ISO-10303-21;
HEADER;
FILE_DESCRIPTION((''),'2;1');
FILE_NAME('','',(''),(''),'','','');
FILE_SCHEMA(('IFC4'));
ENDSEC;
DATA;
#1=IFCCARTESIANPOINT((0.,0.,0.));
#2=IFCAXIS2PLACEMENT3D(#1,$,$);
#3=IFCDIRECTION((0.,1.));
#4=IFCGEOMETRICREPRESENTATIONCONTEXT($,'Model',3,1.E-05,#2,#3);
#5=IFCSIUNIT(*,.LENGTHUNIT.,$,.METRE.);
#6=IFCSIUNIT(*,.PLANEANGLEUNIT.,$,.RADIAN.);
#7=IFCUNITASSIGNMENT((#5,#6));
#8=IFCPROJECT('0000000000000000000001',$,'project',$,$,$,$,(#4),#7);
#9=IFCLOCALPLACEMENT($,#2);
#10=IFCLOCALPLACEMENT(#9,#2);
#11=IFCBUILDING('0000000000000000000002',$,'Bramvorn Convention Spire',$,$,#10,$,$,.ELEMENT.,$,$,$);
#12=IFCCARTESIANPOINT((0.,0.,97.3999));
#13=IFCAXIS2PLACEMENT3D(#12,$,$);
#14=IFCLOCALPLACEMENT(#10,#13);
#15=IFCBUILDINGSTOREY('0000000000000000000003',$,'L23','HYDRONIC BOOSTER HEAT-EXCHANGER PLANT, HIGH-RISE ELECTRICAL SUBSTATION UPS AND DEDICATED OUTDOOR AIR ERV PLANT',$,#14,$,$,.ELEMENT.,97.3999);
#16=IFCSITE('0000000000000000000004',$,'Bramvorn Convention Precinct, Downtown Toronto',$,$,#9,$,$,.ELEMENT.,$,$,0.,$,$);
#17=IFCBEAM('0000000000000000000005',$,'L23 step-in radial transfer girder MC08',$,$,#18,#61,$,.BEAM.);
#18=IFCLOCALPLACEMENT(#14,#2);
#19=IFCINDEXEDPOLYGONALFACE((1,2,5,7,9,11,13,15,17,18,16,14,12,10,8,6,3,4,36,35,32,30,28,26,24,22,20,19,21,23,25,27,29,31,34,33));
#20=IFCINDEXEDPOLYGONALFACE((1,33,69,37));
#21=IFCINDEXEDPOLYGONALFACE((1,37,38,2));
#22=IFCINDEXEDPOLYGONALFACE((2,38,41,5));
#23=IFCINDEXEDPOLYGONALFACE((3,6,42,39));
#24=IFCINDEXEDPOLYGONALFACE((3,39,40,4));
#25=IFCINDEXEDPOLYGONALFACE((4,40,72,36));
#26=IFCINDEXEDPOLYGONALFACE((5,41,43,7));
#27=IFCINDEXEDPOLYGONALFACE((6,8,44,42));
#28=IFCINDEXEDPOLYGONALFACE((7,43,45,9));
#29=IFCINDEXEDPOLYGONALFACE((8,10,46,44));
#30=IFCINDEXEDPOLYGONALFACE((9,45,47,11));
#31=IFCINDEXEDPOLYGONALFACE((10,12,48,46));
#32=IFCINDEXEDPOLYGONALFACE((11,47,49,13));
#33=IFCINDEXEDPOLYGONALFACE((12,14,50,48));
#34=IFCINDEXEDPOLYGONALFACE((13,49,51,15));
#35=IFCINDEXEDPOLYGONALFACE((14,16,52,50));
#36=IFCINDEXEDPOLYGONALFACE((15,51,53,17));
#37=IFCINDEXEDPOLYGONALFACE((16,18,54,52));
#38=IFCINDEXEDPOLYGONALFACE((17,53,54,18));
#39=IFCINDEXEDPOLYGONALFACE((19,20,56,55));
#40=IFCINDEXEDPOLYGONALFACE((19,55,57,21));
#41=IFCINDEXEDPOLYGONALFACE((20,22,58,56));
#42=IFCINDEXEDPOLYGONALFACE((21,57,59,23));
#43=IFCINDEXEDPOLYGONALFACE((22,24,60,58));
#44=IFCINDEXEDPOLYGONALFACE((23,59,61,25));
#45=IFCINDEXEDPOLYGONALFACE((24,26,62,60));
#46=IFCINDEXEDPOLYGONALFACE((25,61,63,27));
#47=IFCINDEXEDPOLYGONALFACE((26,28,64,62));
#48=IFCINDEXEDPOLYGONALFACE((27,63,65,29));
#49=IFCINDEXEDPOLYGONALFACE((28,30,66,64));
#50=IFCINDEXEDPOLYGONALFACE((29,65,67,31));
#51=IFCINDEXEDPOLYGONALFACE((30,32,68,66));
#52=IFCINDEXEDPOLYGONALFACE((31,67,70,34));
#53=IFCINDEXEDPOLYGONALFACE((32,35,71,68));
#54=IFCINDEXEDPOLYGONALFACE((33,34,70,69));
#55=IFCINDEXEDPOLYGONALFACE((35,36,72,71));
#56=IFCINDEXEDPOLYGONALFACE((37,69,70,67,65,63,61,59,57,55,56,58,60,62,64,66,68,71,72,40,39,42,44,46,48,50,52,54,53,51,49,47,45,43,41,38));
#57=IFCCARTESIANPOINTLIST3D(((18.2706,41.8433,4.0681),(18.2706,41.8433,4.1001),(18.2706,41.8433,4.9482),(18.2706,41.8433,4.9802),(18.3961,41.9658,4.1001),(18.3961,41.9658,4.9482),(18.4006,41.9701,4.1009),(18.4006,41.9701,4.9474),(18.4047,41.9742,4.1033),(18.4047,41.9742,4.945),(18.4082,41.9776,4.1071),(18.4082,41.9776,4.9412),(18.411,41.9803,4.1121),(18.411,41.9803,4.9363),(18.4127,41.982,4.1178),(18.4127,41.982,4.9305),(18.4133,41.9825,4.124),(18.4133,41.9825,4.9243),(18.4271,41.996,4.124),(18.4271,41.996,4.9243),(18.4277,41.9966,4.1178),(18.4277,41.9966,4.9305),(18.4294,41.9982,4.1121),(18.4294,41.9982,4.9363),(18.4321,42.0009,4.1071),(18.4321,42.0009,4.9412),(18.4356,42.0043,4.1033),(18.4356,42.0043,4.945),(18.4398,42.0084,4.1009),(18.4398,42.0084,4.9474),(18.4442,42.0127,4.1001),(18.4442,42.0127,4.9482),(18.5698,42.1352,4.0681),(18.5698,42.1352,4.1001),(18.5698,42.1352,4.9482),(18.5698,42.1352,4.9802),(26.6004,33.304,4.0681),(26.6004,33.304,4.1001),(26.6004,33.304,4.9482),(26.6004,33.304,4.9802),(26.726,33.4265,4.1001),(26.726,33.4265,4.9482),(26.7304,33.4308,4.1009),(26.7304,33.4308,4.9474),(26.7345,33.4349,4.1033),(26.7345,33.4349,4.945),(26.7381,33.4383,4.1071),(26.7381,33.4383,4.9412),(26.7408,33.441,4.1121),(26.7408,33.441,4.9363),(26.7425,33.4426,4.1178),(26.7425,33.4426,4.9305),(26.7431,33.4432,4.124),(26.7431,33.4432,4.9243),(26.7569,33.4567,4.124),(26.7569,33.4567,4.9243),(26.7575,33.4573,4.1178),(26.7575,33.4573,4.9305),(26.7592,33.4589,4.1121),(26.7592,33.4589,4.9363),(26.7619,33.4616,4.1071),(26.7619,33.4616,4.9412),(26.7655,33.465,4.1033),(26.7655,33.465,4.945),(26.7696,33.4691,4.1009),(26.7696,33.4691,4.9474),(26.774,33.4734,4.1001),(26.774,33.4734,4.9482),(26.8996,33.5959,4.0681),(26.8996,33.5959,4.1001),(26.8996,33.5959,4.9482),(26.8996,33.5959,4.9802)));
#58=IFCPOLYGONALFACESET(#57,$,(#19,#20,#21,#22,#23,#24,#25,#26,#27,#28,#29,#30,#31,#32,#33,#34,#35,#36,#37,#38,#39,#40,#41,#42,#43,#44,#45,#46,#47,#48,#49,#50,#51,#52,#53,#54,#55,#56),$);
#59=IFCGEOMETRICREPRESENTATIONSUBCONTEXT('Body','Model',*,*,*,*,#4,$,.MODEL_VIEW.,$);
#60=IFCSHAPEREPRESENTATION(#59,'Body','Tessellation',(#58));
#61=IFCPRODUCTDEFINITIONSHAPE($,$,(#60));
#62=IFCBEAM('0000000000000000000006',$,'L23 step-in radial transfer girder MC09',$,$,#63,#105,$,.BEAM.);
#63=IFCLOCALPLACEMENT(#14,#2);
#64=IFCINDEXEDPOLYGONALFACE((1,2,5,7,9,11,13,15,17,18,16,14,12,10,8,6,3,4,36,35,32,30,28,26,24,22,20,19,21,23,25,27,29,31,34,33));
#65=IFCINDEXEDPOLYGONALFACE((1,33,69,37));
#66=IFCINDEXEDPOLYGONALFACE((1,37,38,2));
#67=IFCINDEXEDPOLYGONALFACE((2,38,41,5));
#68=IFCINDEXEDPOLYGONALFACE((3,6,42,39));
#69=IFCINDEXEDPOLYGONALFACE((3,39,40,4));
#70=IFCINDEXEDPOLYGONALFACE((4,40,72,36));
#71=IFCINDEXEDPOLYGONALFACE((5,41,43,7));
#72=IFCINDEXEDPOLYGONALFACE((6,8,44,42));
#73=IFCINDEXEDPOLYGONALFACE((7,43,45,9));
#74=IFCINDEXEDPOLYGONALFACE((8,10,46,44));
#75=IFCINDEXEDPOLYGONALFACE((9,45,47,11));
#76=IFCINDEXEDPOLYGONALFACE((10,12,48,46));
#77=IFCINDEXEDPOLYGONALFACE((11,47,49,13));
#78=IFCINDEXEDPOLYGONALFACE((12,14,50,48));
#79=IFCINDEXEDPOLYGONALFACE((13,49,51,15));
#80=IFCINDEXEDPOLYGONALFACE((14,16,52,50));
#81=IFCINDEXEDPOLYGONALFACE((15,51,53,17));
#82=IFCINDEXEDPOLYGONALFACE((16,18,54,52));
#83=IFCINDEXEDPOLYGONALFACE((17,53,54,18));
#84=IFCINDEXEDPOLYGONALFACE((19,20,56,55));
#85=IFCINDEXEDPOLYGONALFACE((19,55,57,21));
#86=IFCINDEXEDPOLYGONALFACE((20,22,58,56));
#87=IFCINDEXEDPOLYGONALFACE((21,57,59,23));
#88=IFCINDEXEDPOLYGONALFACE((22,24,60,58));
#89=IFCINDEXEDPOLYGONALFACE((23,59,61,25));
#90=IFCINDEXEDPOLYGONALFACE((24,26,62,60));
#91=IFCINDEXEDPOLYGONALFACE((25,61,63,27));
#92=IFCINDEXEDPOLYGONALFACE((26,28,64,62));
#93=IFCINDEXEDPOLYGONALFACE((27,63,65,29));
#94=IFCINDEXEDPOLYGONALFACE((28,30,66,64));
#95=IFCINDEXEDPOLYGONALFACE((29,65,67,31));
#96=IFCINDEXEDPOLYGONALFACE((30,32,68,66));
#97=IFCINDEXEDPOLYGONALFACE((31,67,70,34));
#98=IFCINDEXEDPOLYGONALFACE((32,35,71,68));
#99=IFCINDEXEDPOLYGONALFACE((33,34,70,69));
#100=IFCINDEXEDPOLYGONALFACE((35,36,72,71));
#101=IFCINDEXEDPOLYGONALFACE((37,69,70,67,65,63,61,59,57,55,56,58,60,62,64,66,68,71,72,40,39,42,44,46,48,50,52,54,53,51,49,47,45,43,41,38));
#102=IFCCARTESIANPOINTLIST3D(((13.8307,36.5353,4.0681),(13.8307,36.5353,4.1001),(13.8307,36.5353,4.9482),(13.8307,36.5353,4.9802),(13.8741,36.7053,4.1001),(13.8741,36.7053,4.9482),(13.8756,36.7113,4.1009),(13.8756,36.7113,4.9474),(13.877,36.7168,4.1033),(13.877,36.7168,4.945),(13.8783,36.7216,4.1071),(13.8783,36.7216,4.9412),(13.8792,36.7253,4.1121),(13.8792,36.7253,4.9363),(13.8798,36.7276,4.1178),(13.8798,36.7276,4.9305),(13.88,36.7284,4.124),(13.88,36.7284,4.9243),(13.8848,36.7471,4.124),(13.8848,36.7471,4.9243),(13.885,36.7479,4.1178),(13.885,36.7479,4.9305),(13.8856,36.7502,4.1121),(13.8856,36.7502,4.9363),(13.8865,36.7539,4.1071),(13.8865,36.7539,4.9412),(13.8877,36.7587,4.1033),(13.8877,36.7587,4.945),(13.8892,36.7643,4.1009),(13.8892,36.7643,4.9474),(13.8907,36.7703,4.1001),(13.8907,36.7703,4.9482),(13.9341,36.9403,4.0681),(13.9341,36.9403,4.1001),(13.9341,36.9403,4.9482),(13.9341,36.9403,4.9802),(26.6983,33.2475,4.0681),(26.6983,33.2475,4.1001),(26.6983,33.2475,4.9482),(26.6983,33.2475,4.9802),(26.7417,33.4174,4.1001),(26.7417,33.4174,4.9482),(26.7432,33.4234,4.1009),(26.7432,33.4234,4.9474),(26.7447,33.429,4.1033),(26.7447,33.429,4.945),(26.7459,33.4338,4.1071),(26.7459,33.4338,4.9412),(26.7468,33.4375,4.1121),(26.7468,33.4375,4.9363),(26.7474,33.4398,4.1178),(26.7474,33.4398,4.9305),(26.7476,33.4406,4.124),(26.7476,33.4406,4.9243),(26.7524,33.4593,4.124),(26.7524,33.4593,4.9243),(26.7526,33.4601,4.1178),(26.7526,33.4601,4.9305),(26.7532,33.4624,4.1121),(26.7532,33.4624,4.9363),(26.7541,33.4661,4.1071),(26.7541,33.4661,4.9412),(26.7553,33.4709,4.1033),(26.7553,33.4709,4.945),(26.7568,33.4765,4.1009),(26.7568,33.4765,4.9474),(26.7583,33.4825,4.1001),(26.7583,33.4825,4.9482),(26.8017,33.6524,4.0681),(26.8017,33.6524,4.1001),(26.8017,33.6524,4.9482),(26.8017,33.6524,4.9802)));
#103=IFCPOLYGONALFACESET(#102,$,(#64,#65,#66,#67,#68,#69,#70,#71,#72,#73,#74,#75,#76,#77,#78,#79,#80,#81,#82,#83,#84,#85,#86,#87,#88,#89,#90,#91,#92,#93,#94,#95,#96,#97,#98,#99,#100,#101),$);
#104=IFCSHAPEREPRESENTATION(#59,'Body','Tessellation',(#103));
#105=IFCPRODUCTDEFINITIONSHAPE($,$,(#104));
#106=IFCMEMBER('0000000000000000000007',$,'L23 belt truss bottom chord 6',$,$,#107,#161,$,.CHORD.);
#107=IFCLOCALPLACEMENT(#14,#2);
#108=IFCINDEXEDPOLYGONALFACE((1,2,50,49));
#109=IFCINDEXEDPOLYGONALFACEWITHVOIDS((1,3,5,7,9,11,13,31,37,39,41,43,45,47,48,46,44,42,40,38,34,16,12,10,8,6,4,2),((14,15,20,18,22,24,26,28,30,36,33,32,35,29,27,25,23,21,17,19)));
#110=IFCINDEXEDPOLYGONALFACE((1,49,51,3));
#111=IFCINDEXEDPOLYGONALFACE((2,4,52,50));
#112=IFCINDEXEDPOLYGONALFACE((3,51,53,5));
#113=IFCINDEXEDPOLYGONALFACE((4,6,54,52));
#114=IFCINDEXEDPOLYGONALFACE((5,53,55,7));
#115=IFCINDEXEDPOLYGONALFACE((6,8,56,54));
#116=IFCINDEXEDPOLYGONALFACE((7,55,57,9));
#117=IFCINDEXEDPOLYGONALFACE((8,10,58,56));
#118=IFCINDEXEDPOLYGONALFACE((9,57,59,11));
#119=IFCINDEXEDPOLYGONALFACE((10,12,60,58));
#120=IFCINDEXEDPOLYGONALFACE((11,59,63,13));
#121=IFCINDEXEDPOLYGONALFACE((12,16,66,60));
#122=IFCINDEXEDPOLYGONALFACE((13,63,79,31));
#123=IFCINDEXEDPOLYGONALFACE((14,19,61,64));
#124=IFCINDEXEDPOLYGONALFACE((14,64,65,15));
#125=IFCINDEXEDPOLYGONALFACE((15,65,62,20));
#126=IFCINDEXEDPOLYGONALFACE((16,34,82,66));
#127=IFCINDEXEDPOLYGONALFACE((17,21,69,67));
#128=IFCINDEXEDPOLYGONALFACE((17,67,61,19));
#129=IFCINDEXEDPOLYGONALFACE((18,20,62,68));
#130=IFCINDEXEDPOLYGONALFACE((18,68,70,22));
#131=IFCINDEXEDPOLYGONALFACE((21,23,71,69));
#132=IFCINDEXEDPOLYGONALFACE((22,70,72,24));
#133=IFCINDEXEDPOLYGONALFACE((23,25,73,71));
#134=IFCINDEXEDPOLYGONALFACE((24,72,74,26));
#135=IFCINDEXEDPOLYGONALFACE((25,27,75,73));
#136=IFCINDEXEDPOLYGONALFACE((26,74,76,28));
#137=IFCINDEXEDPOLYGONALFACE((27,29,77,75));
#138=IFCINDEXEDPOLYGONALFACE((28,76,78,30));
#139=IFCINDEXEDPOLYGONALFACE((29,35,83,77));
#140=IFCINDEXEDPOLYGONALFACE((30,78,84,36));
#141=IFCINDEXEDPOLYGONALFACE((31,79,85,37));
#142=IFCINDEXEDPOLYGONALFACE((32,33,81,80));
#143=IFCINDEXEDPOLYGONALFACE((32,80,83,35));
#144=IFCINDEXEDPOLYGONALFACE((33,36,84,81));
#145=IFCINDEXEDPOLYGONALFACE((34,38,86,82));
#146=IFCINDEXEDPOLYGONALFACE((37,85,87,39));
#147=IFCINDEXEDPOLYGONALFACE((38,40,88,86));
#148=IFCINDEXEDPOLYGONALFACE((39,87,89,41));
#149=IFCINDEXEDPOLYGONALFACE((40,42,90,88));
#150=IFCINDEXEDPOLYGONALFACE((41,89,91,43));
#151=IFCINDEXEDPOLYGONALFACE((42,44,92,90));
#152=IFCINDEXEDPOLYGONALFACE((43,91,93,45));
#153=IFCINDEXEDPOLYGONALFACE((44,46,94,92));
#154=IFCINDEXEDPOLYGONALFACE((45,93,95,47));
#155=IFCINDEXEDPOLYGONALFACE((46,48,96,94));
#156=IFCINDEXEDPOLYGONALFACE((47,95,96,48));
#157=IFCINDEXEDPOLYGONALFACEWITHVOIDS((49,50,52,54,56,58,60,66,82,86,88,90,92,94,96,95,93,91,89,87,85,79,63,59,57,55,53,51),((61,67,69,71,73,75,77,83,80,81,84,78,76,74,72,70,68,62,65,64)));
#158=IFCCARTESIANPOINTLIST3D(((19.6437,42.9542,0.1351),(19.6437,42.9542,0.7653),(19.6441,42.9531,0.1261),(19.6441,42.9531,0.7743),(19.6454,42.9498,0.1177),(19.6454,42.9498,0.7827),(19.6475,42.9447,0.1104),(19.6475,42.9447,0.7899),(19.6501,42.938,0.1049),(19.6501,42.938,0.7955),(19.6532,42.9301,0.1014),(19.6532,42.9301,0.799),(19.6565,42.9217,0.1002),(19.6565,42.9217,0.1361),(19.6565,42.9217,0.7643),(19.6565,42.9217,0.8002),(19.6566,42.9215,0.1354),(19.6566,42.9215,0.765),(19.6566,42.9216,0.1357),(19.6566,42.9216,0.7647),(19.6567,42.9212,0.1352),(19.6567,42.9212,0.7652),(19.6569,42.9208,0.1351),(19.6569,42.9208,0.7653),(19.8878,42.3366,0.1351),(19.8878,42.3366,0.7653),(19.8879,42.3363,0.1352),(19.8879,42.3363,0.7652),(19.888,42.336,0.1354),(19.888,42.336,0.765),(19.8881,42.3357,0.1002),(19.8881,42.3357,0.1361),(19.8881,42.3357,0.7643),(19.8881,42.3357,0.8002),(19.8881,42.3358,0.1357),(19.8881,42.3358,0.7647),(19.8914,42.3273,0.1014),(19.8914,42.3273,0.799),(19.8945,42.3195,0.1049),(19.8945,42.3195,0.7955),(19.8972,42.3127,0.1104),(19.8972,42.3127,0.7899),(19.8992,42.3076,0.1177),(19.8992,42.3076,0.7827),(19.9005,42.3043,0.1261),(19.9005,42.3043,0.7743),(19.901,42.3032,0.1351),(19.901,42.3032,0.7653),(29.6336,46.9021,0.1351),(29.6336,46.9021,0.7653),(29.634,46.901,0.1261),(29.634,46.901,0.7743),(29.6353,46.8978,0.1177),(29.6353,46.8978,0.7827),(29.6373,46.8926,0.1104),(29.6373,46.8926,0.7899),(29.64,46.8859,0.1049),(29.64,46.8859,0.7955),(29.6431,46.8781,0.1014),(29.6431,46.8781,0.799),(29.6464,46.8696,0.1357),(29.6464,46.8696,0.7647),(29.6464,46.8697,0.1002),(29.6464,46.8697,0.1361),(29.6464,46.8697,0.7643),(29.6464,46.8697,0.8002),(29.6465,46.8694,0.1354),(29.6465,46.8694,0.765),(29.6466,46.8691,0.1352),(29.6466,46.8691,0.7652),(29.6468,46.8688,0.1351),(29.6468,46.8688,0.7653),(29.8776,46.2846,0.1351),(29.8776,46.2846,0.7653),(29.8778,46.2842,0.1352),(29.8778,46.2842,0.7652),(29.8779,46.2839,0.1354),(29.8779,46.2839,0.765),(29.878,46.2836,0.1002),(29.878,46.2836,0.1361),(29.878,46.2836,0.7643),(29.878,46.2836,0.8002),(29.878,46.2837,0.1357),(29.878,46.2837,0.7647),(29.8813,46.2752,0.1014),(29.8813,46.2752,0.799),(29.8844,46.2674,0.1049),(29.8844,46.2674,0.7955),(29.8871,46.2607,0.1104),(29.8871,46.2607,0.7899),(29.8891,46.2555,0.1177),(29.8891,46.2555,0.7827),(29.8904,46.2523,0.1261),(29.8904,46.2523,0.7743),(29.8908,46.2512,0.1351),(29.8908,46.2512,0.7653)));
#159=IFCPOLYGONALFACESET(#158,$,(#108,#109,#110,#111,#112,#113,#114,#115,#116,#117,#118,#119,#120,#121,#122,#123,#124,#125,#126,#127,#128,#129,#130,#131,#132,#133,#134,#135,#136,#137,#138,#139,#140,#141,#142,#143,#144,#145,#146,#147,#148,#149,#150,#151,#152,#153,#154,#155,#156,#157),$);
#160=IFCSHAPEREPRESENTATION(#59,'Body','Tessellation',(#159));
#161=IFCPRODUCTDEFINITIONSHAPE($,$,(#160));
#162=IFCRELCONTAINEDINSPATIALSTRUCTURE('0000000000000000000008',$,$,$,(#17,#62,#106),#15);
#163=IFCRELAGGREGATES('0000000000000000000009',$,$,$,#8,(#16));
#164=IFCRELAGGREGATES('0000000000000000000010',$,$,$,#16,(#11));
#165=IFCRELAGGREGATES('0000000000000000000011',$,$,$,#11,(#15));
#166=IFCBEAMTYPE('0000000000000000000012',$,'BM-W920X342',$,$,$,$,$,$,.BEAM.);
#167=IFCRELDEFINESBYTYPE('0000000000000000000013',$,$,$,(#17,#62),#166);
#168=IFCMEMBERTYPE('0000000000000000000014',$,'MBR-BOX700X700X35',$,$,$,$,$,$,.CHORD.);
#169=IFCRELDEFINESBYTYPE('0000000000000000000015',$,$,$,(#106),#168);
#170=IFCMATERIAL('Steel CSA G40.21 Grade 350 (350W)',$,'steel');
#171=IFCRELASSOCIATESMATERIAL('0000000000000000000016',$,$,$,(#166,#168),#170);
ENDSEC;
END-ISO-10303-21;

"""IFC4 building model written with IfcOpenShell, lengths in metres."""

from ifc_helpers import new_model, si_unit, direction, frame, origin, origin_2d, place, context, subcontext, project, spatial, hollow_rectangle, i_section, extrude, material, material_profile, profile_set, type_object, element, save


model = new_model("IFC4")

# Units and contexts
model_context = context("Model", 3, precision=1e-05, world=origin(), true_north=direction((0.0, 1.0)))
body_context = subcontext(model_context, "Body", "Model", "MODEL_VIEW")
ifc_project = project(units=[si_unit("LENGTHUNIT", "METRE"), si_unit("PLANEANGLEUNIT", "RADIAN")], contexts=[model_context])

# Site, building, storey
site_placement = place(None, origin())
site = spatial("IfcSite", under=ifc_project, at=site_placement, Name="Bramvorn Convention Precinct, Downtown Toronto", CompositionType="ELEMENT", RefElevation=0.0)
building_placement = place(site_placement, origin())
building = spatial("IfcBuilding", under=site, at=building_placement, Name="Bramvorn Convention Spire", CompositionType="ELEMENT")
storey_placement = place(building_placement, frame((0.0, 0.0, 97.3999)))
storey = spatial("IfcBuildingStorey", under=building, at=storey_placement, Name="L23", Description="HYDRONIC BOOSTER HEAT-EXCHANGER PLANT, HIGH-RISE ELECTRICAL SUBSTATION UPS AND DEDICATED OUTDOOR AIR ERV PLANT", CompositionType="ELEMENT", Elevation=97.3999)

# Shared definitions
ifc_material_1 = material(Name="Steel CSA G40.21 Grade 350 (350W)", Category="steel")

# Beams
ifc_material_profile_1 = material_profile(ifc_material_1, i_section(OverallWidth=0.418, OverallDepth=0.9121, WebThickness=0.0193, FlangeThickness=0.032, FilletRadius=0.0239, at=origin_2d()))
ifc_profile_set_1 = profile_set([ifc_material_profile_1], Name="Steel CSA G40.21 Grade 350 (350W) - W920X342")
beam_type = type_object("IfcBeamType", Name="BM-W920X342", PredefinedType="BEAM", material=ifc_profile_set_1)
beam_1_placement = place(storey_placement, frame((26.75, 33.45, 4.5242), z_axis=(-0.698272, 0.715832, 0.0), x_axis=(-0.715832, -0.698272, 0.0)))
element("IfcBeam", 1, at=beam_1_placement, inside=storey, type_object=beam_type, Name="L23 step-in radial transfer girder MC08", PredefinedType="BEAM", context=body_context, shape_type="SweptSolid", body=[
    extrude(i_section(OverallWidth=0.418, OverallDepth=0.9121, WebThickness=0.0193, FlangeThickness=0.032, FilletRadius=0.0239, at=origin_2d()), origin(), (0.0, 0.0, 1.0), 11.9292),
])
beam_2_placement = place(storey_placement, frame((26.75, 33.45, 4.5242), z_axis=(-0.968873, 0.247558, 0.0), x_axis=(-0.247558, -0.968873, 0.0)))
element("IfcBeam", 2, at=beam_2_placement, inside=storey, type_object=beam_type, Name="L23 step-in radial transfer girder MC09", PredefinedType="BEAM", context=body_context, shape_type="SweptSolid", body=[
    extrude(i_section(OverallWidth=0.418, OverallDepth=0.9121, WebThickness=0.0193, FlangeThickness=0.032, FilletRadius=0.0239, at=origin_2d()), origin(), (0.0, 0.0, 1.0), 13.281),
])

# Member
ifc_material_profile_2 = material_profile(ifc_material_1, hollow_rectangle(XDim=0.7, YDim=0.7, WallThickness=0.0349, InnerFilletRadius=0.001, OuterFilletRadius=0.0349, at=origin_2d()))
ifc_profile_set_2 = profile_set([ifc_material_profile_2], Name="Steel CSA G40.21 Grade 350 (350W) - BOX700X700X35")
member_type_1 = type_object("IfcMemberType", Name="MBR-BOX700X700X35", PredefinedType="CHORD", material=ifc_profile_set_2)
member_1_placement = place(storey_placement, frame((29.7622, 46.5767, 0.4502), z_axis=(-0.93001, -0.367535, 0.0), x_axis=(0.367535, -0.93001, 0.0)))
element("IfcMember", 3, at=member_1_placement, inside=storey, type_object=member_type_1, Name="L23 belt truss bottom chord 6", PredefinedType="CHORD", context=body_context, shape_type="SweptSolid", body=[
    extrude(hollow_rectangle(XDim=0.7, YDim=0.7, WallThickness=0.0349, InnerFilletRadius=0.001, OuterFilletRadius=0.0349, at=origin_2d()), origin(), (0.0, 0.0, 1.0), 10.7417),
])

save(model, "model.ifc")
